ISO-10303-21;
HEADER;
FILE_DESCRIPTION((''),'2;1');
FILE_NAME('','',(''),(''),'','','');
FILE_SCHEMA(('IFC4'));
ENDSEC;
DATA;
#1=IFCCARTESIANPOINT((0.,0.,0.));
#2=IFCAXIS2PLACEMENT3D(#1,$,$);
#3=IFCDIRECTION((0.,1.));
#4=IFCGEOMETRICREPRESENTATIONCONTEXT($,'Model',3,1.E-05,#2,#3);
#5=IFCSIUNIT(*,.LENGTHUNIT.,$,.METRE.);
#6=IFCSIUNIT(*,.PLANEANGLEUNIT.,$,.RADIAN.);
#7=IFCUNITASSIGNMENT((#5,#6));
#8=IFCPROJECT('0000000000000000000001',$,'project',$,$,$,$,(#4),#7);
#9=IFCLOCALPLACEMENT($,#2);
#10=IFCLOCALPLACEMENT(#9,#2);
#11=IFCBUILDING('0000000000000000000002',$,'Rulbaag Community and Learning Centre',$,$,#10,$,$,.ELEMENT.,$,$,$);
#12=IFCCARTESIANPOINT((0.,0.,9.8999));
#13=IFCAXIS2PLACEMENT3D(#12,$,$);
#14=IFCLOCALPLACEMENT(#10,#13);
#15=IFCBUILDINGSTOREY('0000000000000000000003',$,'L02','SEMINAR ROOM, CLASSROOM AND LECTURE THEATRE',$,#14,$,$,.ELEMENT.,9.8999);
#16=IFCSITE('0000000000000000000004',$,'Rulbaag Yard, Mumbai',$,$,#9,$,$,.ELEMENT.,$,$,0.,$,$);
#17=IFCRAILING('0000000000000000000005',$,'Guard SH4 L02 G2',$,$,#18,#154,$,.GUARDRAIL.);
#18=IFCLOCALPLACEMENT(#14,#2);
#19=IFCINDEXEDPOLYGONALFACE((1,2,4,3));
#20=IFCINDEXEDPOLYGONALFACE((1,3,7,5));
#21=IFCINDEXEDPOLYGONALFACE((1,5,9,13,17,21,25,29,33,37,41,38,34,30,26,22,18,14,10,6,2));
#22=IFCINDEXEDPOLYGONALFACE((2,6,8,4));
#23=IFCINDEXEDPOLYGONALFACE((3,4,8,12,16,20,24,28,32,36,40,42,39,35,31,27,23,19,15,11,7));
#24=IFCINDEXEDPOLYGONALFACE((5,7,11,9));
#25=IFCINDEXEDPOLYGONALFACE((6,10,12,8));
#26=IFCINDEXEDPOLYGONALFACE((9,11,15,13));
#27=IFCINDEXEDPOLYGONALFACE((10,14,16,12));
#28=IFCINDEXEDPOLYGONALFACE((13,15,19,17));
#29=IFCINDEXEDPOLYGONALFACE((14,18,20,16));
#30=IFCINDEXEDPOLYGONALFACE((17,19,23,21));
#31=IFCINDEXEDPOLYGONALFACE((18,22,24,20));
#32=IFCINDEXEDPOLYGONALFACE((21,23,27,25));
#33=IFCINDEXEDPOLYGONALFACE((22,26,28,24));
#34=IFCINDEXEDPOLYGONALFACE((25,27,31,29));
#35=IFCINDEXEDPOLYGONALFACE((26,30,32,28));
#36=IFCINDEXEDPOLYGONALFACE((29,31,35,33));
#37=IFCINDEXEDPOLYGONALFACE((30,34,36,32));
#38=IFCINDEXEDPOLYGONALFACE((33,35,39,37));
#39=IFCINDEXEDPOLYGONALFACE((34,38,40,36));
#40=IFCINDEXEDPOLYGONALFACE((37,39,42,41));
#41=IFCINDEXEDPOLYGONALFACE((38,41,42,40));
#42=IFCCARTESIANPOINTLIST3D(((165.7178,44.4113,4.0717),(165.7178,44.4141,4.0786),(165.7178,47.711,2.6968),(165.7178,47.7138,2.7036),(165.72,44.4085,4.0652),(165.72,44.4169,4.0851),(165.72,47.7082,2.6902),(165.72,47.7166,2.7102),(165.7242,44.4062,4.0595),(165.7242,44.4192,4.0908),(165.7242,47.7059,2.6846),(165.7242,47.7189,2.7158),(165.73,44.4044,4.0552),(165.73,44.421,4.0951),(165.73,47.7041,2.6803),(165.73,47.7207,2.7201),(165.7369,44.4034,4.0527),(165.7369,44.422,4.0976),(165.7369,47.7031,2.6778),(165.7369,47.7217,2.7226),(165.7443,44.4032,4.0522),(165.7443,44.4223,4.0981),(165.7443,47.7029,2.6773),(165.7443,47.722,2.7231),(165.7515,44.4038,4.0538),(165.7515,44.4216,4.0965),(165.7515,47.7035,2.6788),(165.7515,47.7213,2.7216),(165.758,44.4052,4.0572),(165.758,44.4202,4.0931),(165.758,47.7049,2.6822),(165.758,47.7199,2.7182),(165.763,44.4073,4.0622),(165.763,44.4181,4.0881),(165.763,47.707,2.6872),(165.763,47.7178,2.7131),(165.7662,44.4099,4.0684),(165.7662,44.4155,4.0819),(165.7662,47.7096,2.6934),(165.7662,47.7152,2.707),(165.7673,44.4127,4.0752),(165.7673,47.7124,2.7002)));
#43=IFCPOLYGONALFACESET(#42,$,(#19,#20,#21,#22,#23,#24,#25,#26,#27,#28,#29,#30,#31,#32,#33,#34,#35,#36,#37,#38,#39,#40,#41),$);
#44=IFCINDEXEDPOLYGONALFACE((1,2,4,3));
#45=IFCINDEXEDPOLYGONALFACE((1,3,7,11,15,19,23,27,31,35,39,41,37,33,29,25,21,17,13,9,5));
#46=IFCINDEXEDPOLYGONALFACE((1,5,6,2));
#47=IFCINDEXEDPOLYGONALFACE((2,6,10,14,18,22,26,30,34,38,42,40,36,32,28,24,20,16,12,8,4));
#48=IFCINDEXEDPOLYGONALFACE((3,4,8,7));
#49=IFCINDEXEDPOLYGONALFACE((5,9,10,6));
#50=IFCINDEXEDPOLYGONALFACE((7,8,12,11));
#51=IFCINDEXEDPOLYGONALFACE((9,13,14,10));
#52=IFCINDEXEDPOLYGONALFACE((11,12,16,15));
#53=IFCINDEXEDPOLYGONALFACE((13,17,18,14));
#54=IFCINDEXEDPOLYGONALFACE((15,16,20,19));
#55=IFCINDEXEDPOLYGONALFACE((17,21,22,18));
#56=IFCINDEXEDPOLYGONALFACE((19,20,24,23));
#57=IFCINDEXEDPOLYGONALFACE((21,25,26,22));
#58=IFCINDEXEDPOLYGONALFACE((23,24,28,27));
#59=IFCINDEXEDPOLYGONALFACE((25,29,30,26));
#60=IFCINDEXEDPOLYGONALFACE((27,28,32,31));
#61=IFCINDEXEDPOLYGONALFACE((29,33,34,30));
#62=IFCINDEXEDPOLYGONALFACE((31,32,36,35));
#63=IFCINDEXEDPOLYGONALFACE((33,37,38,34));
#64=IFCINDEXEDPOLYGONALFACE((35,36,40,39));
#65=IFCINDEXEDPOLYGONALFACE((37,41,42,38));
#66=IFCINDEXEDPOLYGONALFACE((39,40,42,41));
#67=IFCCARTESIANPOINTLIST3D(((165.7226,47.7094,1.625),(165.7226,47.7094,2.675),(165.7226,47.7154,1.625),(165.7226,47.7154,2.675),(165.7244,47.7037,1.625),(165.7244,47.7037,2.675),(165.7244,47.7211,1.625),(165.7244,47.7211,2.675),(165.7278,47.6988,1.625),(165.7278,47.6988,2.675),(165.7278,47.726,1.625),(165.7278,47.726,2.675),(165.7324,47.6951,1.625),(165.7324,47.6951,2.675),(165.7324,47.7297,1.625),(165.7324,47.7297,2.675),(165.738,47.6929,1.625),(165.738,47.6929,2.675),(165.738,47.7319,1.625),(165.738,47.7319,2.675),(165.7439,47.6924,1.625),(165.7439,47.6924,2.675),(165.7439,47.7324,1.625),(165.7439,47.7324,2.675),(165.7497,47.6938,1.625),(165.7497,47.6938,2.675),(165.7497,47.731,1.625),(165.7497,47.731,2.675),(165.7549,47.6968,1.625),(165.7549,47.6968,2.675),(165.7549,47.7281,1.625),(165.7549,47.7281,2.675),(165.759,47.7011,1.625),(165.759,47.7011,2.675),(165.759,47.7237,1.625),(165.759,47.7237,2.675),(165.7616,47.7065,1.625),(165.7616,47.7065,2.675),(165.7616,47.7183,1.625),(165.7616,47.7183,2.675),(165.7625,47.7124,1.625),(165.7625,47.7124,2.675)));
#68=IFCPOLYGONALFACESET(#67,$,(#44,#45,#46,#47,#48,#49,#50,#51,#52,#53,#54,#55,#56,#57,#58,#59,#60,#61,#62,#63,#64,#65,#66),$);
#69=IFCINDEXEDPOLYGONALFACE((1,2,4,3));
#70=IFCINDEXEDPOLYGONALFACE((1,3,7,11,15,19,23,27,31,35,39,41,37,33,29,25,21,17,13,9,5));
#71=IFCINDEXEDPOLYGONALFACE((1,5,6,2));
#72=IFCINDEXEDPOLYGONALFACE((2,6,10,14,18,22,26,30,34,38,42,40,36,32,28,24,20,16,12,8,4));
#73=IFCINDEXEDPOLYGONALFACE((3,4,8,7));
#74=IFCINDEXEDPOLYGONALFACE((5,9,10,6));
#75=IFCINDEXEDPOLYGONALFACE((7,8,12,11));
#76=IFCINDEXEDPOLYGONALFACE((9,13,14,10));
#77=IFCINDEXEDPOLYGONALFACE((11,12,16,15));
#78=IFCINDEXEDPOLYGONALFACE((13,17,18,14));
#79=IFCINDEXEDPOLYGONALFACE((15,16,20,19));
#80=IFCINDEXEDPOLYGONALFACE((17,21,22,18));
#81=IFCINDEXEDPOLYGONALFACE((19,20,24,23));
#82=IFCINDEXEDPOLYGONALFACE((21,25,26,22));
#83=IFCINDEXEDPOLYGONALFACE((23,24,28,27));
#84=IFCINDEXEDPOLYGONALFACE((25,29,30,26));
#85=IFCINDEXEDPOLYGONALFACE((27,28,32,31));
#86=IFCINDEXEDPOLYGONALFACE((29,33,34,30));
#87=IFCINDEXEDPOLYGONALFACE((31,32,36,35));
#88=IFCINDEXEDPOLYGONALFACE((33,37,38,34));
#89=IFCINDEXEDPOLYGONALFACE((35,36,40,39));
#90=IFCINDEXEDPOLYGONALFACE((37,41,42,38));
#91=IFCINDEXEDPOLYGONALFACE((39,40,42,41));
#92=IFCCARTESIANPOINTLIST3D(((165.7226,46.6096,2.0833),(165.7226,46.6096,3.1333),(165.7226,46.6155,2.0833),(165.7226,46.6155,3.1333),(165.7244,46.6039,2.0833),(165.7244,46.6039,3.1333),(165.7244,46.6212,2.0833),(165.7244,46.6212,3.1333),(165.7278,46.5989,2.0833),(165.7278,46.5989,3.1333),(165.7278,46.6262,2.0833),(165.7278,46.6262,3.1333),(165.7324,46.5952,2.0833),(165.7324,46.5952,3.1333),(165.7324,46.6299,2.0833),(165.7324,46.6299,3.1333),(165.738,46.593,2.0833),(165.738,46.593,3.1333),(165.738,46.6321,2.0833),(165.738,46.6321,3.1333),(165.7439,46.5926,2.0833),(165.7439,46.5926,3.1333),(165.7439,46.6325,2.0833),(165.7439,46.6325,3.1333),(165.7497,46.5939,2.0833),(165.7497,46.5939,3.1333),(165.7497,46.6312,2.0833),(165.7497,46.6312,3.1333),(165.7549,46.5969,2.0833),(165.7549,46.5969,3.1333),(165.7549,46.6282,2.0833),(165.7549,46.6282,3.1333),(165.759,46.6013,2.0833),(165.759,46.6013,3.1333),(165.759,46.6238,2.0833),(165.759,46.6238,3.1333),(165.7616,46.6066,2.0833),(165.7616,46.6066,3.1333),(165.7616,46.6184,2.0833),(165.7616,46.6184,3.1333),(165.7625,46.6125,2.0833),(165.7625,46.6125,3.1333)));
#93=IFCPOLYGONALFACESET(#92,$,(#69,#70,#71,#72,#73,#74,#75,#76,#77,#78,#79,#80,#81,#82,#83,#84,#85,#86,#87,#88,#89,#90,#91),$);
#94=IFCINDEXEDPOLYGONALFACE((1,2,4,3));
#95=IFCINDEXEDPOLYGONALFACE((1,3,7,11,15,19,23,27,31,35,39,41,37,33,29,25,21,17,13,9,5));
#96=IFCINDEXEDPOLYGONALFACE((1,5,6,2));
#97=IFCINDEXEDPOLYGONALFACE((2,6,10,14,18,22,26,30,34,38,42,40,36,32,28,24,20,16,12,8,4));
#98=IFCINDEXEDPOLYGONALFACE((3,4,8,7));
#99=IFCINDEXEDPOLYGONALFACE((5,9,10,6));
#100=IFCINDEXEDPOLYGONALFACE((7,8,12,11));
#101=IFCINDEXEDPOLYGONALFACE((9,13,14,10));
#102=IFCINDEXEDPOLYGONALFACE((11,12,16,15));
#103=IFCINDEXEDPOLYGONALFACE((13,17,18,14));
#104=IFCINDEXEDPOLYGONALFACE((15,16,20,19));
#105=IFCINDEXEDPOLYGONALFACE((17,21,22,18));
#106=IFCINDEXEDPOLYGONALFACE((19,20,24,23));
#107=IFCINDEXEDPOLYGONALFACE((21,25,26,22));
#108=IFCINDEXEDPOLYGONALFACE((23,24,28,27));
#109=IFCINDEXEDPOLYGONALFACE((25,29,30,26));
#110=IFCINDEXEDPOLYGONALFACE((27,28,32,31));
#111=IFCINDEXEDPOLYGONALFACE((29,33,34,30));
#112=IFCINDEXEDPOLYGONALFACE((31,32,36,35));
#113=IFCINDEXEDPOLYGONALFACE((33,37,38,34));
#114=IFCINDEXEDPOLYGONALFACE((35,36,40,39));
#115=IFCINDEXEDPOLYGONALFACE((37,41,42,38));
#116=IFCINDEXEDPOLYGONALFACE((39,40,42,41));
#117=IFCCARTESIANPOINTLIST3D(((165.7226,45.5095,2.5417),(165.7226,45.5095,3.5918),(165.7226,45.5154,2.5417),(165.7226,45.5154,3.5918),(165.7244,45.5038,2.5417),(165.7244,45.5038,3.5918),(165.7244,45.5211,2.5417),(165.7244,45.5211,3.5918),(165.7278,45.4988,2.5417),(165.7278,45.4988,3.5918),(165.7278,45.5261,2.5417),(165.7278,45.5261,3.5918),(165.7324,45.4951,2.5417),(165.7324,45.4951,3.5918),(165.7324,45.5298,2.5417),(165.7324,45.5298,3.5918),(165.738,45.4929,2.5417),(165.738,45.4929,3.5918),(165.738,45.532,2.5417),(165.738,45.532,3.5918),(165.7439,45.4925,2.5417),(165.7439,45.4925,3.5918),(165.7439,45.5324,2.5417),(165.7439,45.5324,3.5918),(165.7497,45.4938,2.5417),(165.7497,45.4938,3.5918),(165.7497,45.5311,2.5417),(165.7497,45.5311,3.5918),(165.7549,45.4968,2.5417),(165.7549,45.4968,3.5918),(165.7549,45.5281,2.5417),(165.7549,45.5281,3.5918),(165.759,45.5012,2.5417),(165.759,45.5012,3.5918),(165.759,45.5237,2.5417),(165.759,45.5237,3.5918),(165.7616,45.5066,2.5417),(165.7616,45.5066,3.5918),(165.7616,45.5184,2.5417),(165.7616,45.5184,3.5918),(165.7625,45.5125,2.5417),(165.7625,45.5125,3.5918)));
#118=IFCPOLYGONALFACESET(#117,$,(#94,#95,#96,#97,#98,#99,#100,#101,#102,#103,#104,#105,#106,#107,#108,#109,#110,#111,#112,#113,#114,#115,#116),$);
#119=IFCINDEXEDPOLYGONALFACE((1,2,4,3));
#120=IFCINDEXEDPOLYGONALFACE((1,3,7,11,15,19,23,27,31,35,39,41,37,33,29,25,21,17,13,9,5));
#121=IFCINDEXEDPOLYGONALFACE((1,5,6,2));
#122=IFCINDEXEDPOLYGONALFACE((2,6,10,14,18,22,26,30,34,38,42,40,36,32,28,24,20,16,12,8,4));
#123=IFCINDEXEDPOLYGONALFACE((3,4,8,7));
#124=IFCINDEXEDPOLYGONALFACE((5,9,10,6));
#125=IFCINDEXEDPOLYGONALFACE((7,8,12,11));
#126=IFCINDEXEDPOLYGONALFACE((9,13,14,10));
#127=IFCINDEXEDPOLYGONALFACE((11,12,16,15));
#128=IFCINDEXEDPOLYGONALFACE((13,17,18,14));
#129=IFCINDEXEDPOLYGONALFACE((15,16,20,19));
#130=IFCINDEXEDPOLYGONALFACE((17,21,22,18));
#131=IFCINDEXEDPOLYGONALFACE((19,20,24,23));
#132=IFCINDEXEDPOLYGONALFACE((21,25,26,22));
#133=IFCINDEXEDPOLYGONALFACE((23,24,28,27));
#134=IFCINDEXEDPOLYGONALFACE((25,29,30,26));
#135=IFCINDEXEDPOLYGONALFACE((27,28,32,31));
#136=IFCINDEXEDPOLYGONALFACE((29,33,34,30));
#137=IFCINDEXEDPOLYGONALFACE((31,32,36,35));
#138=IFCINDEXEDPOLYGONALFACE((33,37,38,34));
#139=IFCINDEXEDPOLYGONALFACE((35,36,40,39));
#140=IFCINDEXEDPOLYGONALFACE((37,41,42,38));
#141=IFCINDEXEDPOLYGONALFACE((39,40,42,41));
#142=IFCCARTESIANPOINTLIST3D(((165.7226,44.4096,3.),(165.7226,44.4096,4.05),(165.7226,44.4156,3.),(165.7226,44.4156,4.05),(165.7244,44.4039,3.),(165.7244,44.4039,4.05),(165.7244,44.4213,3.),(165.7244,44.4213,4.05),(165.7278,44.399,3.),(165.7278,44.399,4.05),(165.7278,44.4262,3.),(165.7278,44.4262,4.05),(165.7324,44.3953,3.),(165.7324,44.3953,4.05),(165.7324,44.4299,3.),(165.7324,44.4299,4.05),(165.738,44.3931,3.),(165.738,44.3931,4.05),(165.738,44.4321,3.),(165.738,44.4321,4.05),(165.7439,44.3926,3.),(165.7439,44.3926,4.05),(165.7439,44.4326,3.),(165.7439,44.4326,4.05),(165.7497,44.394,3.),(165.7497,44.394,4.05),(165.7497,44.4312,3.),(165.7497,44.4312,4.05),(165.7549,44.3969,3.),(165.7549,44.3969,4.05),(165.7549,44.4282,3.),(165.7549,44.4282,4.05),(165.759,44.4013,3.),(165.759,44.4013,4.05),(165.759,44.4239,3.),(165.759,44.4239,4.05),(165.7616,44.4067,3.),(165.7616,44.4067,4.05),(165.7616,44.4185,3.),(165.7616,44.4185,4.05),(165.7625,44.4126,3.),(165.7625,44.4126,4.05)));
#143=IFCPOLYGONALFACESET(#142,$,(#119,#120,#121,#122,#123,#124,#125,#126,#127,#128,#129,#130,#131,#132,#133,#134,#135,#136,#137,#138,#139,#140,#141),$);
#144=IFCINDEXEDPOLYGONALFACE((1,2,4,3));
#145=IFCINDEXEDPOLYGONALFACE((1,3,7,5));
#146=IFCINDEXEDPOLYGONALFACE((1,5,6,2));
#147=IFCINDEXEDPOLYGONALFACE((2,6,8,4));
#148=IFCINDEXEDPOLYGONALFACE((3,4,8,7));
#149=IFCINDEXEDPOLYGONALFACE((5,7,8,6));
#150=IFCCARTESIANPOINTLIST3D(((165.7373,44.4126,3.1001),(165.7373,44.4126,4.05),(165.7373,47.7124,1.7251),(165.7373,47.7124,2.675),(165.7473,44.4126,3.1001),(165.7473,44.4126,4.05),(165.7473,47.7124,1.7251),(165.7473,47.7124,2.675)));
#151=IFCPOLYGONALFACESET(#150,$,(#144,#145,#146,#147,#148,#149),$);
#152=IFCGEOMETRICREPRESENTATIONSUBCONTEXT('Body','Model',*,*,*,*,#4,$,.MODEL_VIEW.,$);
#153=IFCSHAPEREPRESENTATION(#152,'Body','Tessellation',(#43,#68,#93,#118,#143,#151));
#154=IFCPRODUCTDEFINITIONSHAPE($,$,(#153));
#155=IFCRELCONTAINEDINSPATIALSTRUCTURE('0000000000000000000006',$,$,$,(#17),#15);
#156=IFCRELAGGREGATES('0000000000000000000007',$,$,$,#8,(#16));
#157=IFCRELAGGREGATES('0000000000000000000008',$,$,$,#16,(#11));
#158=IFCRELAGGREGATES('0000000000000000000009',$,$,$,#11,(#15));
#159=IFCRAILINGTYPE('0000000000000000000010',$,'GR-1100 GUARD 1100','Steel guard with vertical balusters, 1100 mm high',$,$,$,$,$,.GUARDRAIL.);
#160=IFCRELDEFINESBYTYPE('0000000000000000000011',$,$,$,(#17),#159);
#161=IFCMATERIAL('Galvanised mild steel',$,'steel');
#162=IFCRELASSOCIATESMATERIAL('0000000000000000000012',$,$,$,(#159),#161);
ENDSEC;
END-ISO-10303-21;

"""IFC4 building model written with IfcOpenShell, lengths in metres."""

from ifc_helpers import new_model, si_unit, direction, frame, origin, origin_2d, place, context, subcontext, project, spatial, polyline, circle, outline, extrude, material, type_object, element, save


model = new_model("IFC4")

# Units and contexts
model_context = context("Model", 3, precision=1e-05, world=origin(), true_north=direction((0.0, 1.0)))
body_context = subcontext(model_context, "Body", "Model", "MODEL_VIEW")
ifc_project = project(units=[si_unit("LENGTHUNIT", "METRE"), si_unit("PLANEANGLEUNIT", "RADIAN")], contexts=[model_context])

# Site, building, storey
site_placement = place(None, origin())
site = spatial("IfcSite", under=ifc_project, at=site_placement, Name="Rulbaag Yard, Mumbai", CompositionType="ELEMENT", RefElevation=0.0)
building_placement = place(site_placement, origin())
building = spatial("IfcBuilding", under=site, at=building_placement, Name="Rulbaag Community and Learning Centre", CompositionType="ELEMENT")
storey_placement = place(building_placement, frame((0.0, 0.0, 9.8999)))
storey = spatial("IfcBuildingStorey", under=building, at=storey_placement, Name="L02", Description="SEMINAR ROOM, CLASSROOM AND LECTURE THEATRE", CompositionType="ELEMENT", Elevation=9.8999)

# Railing
ifc_material_1 = material(Name="Galvanised mild steel", Category="steel")
railing_type_1 = type_object("IfcRailingType", Name="GR-1100 GUARD 1100", Description="Steel guard with vertical balusters, 1100 mm high", PredefinedType="GUARDRAIL", material=ifc_material_1)
railing_1_placement = place(storey_placement, frame((165.7424, 47.7124, 1.625)))
element("IfcRailing", 1, at=railing_1_placement, inside=storey, type_object=railing_type_1, Name="Guard SH4 L02 G2", PredefinedType="GUARDRAIL", context=body_context, shape_type="SweptSolid", body=[
    extrude(circle(Radius=0.0249, at=origin_2d()), frame((0.0, 0.0, 1.0752), z_axis=(0.0, -0.923069, 0.384635), x_axis=(1.0, 0.0, 0.0)), (0.0, 0.0, 1.0), 3.5747),
    extrude(circle(Radius=0.02, at=origin_2d()), origin(), (0.0, 0.0, 1.0), 1.05),
    extrude(circle(Radius=0.02, at=origin_2d()), frame((0.0, -1.0999, 0.4583)), (0.0, 0.0, 1.0), 1.05),
    extrude(circle(Radius=0.02, at=origin_2d()), frame((0.0, -2.2, 0.9167)), (0.0, 0.0, 1.0), 1.05),
    extrude(circle(Radius=0.02, at=origin_2d()), frame((0.0, -3.2998, 1.375)), (0.0, 0.0, 1.0), 1.05),
    extrude(outline(polyline([(0.0, 0.0), (3.2998, 1.375), (3.2998, 2.325), (0.0, 0.95), (0.0, 0.0)])), frame((0.0049, 0.0, 0.1001), z_axis=(-1.0, 0.0, 0.0), x_axis=(0.0, -1.0, 0.0)), (0.0, 0.0, 1.0), 0.01),
])

save(model, "model.ifc")
